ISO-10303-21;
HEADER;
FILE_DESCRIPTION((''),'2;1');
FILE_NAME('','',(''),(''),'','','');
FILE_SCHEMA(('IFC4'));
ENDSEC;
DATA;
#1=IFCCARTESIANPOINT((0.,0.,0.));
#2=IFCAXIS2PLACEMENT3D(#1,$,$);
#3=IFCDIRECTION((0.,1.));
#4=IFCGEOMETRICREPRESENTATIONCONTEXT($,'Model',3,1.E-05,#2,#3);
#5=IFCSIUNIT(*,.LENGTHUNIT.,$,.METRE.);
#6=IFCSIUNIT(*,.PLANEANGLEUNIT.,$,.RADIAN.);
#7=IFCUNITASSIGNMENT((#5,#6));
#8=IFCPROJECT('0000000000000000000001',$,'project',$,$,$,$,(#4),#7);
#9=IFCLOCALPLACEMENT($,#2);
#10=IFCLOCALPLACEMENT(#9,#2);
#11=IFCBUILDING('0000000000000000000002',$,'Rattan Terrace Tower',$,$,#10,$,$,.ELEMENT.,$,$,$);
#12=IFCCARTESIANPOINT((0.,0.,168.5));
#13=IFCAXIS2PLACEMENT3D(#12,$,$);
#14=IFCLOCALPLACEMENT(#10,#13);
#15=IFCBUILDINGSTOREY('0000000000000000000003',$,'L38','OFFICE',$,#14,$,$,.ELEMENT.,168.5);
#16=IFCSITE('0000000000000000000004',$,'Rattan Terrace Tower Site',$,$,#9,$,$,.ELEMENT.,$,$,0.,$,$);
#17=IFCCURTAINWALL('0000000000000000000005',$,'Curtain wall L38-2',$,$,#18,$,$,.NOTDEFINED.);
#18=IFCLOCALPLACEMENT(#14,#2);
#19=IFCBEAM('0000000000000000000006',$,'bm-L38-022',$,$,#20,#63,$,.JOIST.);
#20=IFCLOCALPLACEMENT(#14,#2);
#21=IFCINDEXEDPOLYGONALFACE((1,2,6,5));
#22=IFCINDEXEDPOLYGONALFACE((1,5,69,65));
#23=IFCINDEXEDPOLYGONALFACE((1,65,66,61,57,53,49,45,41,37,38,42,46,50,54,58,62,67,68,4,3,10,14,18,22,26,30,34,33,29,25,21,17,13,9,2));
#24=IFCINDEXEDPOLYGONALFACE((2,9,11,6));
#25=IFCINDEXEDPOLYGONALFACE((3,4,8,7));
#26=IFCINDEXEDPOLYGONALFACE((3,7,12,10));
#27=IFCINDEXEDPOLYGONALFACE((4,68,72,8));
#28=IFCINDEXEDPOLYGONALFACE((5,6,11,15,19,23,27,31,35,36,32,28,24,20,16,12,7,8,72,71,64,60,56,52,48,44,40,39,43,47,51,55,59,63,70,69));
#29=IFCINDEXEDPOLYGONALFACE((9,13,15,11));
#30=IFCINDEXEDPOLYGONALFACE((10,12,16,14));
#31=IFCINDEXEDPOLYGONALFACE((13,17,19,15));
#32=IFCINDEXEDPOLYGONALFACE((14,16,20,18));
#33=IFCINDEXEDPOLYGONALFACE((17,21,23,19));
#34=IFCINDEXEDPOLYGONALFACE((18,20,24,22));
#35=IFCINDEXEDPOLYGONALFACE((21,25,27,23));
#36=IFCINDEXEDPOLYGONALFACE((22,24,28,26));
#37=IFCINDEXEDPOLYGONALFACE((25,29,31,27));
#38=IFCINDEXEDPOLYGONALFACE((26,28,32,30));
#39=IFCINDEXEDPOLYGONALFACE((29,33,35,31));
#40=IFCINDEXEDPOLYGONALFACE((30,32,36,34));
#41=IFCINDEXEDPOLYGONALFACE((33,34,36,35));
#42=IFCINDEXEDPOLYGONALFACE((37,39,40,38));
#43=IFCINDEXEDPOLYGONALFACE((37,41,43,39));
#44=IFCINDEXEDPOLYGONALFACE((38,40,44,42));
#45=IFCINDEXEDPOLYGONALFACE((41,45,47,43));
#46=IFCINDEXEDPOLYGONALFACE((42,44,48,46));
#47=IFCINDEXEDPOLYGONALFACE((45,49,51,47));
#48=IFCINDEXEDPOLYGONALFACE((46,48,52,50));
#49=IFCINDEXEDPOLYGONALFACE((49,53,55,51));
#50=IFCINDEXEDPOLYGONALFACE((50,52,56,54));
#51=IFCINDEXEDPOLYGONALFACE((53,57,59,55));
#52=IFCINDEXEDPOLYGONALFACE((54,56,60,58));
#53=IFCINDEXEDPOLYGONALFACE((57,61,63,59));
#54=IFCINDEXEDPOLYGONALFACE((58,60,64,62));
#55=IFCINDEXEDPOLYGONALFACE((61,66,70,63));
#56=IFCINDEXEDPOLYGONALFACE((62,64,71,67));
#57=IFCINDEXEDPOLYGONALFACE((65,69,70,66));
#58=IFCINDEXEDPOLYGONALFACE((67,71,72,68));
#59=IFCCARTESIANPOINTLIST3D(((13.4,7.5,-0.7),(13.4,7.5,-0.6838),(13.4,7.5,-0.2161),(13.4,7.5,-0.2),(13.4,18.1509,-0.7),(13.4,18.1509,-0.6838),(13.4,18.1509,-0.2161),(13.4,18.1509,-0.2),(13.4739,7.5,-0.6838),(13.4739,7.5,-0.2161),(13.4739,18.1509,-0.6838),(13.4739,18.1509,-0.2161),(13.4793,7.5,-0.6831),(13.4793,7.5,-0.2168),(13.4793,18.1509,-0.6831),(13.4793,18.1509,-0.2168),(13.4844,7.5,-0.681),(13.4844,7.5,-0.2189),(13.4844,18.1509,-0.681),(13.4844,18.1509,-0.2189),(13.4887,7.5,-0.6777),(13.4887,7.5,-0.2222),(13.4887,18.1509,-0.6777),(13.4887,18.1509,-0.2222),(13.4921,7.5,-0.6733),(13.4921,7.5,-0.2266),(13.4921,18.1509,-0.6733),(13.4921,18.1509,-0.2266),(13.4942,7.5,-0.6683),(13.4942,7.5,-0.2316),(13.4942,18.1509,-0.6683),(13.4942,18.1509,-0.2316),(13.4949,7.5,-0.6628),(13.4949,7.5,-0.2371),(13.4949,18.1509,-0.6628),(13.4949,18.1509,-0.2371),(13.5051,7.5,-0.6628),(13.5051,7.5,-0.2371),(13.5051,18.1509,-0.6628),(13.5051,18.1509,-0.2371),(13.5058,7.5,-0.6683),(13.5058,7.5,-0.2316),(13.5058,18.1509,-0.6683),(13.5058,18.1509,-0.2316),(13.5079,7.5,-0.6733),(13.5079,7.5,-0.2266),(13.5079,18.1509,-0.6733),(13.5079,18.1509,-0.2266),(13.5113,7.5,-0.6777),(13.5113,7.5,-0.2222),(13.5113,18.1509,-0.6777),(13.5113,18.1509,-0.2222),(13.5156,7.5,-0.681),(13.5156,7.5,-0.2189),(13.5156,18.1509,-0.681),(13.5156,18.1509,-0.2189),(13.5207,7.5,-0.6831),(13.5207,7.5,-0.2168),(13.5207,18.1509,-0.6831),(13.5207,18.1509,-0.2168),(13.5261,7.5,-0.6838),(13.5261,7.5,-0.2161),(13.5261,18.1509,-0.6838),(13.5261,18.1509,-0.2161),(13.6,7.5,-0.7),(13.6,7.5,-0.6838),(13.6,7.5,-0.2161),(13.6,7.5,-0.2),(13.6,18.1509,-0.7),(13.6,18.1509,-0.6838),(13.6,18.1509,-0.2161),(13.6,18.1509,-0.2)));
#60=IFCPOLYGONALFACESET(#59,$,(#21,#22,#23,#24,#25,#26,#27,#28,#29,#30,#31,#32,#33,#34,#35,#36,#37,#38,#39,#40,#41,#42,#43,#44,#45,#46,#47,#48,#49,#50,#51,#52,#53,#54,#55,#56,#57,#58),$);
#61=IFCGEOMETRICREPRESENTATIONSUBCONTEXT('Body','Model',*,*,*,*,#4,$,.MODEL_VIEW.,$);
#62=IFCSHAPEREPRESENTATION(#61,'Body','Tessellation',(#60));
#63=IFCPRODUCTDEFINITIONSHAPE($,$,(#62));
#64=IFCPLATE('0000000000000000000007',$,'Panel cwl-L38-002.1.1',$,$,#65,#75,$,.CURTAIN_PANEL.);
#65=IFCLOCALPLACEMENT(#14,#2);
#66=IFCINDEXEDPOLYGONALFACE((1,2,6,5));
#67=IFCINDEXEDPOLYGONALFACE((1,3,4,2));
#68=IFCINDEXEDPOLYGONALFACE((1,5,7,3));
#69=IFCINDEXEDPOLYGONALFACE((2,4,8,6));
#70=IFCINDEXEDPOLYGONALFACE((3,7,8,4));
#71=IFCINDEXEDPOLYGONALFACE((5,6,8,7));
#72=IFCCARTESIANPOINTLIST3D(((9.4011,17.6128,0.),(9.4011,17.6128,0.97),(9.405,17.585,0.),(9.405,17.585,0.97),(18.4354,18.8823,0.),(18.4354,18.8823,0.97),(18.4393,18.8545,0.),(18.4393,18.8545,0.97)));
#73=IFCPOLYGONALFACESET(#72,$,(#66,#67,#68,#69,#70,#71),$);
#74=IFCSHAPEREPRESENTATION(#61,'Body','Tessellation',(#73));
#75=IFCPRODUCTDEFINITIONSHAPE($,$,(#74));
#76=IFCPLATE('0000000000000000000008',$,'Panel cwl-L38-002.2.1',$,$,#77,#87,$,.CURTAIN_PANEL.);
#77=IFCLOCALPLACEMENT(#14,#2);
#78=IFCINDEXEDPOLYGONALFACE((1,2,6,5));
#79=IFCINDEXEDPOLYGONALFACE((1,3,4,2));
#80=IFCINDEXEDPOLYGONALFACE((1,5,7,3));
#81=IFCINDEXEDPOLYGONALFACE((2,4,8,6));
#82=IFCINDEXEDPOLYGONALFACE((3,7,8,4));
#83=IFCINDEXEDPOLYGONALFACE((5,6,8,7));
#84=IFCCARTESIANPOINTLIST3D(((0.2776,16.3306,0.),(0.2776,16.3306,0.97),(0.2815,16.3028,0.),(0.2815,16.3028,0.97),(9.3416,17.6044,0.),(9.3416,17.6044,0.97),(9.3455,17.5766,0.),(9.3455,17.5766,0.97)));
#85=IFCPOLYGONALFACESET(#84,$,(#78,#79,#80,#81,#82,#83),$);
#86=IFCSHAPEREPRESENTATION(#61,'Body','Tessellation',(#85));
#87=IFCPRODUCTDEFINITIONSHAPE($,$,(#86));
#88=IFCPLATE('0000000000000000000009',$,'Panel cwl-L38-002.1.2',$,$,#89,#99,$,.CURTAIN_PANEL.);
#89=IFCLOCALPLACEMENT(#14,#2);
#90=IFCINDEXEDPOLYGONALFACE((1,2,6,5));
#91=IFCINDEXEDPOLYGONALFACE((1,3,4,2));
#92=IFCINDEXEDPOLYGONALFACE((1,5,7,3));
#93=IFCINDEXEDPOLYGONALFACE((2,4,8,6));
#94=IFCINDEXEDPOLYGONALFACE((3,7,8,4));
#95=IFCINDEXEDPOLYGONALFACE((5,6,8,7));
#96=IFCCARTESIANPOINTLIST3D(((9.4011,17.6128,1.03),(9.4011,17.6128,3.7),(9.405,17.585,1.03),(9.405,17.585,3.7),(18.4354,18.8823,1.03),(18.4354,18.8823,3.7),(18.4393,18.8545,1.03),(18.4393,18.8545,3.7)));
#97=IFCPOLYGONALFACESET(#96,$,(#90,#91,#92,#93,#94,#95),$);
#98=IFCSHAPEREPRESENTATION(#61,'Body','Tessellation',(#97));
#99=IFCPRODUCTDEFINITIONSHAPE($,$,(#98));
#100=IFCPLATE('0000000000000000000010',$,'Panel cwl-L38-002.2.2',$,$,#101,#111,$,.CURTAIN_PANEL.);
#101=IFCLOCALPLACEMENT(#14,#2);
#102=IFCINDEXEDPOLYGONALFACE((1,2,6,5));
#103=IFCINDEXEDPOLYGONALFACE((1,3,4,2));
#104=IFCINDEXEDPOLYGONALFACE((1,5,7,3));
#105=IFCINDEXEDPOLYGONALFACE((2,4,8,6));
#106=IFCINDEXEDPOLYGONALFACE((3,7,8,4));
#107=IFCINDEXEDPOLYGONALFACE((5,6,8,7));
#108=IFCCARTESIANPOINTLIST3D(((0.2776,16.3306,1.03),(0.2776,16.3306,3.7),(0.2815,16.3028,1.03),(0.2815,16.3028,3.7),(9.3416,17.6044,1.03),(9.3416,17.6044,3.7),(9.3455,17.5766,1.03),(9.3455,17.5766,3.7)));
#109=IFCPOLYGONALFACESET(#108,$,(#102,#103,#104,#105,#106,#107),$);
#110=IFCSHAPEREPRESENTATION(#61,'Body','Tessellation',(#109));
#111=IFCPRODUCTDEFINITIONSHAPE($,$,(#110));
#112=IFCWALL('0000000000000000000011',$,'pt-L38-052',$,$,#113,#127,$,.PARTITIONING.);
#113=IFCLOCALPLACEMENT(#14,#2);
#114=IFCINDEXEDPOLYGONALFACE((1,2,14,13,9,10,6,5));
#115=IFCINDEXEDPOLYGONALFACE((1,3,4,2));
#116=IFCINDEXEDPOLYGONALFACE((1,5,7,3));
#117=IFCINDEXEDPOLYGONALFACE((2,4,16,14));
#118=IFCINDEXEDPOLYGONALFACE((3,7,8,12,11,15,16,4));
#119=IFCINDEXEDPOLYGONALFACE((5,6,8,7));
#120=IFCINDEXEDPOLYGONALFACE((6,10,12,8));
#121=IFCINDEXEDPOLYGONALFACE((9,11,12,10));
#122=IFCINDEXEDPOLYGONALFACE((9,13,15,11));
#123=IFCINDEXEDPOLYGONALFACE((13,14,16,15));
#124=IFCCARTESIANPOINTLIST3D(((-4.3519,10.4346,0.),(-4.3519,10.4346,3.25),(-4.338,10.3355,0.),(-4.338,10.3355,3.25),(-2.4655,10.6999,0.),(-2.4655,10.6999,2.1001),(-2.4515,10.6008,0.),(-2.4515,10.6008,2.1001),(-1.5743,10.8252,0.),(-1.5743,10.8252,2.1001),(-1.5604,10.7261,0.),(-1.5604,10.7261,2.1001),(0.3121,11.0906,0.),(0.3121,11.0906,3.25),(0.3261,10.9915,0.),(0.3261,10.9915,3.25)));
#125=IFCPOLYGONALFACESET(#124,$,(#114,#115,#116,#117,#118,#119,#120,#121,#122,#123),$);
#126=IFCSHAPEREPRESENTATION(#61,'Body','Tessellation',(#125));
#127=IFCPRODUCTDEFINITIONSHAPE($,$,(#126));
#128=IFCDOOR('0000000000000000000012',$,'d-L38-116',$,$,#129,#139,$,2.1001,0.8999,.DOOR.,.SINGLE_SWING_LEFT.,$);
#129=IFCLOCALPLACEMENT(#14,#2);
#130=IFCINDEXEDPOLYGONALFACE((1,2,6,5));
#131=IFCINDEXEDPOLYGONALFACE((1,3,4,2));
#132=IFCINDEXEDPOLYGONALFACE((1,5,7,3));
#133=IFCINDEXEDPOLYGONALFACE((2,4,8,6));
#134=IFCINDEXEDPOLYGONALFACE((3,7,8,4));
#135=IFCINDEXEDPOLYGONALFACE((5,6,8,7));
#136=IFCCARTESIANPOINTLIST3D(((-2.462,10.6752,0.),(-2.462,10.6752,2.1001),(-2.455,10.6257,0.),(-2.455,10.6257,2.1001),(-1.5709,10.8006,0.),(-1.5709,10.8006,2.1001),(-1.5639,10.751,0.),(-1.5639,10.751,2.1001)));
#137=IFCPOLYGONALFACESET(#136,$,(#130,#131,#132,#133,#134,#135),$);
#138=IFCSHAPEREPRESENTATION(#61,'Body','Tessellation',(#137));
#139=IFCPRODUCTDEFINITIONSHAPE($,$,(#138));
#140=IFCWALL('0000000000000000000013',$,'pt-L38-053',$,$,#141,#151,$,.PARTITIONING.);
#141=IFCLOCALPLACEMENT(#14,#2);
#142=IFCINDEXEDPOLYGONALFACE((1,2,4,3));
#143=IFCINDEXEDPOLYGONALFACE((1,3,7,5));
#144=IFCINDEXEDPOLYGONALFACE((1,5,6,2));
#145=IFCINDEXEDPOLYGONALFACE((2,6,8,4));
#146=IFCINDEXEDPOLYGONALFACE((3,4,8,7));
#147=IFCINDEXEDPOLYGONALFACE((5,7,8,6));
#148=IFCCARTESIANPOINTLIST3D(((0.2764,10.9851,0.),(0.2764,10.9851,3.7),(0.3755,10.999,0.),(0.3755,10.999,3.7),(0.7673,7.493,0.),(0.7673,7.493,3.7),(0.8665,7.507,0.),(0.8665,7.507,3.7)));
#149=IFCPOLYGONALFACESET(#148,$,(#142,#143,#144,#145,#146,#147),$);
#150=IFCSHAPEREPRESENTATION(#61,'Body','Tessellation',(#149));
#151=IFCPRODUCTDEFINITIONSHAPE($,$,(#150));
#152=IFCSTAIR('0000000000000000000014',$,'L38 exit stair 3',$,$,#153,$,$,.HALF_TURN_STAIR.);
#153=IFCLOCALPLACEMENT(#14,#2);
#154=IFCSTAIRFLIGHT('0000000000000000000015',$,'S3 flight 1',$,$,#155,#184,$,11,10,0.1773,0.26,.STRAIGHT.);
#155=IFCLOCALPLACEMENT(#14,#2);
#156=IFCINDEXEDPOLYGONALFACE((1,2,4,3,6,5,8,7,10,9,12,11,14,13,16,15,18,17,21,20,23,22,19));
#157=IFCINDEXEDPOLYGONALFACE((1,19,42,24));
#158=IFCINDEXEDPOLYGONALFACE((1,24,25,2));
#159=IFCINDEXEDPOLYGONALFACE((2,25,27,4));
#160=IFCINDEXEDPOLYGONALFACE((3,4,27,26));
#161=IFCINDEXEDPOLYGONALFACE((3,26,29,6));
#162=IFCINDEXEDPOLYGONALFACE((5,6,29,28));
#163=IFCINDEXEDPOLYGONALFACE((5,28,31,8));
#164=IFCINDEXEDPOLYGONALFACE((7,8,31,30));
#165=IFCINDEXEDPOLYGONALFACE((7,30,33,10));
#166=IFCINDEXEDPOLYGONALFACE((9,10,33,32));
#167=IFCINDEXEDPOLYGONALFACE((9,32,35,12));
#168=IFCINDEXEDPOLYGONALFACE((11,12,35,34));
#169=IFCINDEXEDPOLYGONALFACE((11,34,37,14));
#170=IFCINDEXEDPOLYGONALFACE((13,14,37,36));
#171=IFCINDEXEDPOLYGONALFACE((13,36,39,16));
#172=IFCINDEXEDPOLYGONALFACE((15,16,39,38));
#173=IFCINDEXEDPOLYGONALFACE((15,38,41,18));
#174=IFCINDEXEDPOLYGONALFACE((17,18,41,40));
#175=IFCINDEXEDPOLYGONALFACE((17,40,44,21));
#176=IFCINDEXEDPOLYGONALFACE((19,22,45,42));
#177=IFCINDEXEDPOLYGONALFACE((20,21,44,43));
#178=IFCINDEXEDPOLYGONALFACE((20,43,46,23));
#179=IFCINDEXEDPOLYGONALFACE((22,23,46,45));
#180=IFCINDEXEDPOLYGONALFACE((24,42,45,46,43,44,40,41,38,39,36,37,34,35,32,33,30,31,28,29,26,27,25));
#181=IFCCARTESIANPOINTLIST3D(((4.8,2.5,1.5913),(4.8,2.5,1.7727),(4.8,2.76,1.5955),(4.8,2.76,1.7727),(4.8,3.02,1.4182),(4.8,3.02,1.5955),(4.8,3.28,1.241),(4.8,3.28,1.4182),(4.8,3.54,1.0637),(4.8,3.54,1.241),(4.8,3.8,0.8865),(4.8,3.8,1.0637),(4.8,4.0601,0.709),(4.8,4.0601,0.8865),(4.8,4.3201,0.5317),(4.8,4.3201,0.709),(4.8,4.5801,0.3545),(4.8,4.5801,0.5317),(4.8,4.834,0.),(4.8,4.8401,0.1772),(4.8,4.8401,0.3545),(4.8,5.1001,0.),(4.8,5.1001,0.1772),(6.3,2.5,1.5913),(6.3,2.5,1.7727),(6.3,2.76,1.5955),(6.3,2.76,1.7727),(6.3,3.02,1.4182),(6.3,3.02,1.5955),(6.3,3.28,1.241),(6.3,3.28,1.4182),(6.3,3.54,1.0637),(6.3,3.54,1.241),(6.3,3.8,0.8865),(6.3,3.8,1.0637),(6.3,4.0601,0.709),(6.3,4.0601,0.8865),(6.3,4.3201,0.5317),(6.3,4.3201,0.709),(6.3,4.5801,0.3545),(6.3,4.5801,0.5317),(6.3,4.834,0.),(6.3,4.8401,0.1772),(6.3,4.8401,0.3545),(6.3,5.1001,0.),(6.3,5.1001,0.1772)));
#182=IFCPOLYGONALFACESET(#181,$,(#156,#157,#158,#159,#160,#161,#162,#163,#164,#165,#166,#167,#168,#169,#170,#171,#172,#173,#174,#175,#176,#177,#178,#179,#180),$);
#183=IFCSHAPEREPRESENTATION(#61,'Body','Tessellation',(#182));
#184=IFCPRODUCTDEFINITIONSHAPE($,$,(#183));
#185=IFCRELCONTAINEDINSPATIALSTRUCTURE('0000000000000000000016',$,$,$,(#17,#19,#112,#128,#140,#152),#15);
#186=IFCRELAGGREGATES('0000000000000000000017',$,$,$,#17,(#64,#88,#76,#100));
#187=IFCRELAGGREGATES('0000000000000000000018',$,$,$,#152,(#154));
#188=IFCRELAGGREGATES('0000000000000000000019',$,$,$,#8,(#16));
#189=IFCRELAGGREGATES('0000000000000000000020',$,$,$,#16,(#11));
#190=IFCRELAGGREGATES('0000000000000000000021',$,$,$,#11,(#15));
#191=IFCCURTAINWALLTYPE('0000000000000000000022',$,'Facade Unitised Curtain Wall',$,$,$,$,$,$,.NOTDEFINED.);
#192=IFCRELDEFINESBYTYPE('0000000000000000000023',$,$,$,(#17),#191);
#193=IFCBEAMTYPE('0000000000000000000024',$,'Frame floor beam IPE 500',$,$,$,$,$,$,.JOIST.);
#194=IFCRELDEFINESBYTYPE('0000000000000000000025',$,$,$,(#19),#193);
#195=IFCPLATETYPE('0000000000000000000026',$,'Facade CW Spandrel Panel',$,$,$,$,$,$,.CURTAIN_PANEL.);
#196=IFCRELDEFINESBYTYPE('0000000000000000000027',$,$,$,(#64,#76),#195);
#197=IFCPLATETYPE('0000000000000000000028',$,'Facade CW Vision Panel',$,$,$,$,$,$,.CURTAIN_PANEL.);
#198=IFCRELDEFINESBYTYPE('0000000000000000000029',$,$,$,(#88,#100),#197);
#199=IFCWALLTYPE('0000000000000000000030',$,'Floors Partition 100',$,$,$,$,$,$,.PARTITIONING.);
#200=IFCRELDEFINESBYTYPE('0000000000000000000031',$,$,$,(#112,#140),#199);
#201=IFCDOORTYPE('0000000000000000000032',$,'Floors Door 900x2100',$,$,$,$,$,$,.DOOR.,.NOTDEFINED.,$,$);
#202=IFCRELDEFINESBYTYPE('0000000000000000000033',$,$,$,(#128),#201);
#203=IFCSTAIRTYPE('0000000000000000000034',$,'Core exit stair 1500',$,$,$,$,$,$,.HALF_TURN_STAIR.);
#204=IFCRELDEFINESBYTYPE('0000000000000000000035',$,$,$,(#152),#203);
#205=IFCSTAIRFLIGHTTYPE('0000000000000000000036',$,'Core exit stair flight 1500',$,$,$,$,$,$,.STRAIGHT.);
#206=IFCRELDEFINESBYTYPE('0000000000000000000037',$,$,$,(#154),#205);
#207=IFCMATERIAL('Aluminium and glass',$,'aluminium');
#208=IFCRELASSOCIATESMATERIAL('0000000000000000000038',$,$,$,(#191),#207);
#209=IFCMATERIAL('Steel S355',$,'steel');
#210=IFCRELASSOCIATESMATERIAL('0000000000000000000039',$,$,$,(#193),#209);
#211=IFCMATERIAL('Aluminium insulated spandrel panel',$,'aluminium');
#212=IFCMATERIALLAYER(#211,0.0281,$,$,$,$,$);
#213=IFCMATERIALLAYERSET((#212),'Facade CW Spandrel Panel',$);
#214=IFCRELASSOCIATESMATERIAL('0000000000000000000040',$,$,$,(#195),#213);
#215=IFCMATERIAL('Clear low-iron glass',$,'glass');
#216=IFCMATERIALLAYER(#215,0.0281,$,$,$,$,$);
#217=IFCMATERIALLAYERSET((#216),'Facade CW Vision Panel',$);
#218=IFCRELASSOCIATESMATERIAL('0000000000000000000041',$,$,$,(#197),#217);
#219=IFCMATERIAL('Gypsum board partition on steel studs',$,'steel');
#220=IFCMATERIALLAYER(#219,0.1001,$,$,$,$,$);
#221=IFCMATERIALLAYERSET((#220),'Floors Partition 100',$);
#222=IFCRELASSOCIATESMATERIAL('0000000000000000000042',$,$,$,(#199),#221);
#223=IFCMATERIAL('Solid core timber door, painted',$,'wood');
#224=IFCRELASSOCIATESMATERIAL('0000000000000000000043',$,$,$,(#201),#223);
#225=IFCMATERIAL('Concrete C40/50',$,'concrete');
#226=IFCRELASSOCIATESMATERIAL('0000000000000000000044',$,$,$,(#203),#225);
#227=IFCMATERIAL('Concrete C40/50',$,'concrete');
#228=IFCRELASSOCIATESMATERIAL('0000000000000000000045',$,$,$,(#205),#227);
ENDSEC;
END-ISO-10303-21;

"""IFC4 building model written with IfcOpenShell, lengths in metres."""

from ifc_helpers import new_model, si_unit, direction, frame, frame_2d, origin, origin_2d, place, context, subcontext, project, spatial, polyline, rectangle, i_section, outline, extrude, material, layer, layer_set, material_profile, profile_set, type_object, element, fill, aggregate, save


model = new_model("IFC4")

# Units and contexts
model_context = context("Model", 3, precision=1e-05, world=origin(), true_north=direction((0.0, 1.0)))
body_context = subcontext(model_context, "Body", "Model", "MODEL_VIEW")
ifc_project = project(units=[si_unit("LENGTHUNIT", "METRE"), si_unit("PLANEANGLEUNIT", "RADIAN")], contexts=[model_context])

# Site, building, storey
site_placement = place(None, origin())
site = spatial("IfcSite", under=ifc_project, at=site_placement, Name="Rattan Terrace Tower Site", CompositionType="ELEMENT", RefElevation=0.0)
building_placement = place(site_placement, origin())
building = spatial("IfcBuilding", under=site, at=building_placement, Name="Rattan Terrace Tower", CompositionType="ELEMENT")
storey_placement = place(building_placement, frame((0.0, 0.0, 168.5)))
storey = spatial("IfcBuildingStorey", under=building, at=storey_placement, Name="L38", Description="OFFICE", CompositionType="ELEMENT", Elevation=168.5)

# Curtain wall
ifc_material_1 = material(Name="Aluminium and glass", Category="aluminium")
curtain_wall_type = type_object("IfcCurtainWallType", Name="Facade Unitised Curtain Wall", PredefinedType="NOTDEFINED", material=ifc_material_1)
curtain_wall_placement = place(storey_placement, origin())
curtain_wall = element("IfcCurtainWall", 1, at=curtain_wall_placement, inside=storey, type_object=curtain_wall_type, Name="Curtain wall L38-2", PredefinedType="NOTDEFINED")

# Beam
ifc_material_2 = material(Name="Steel S355", Category="steel")
ifc_material_profile_1 = material_profile(ifc_material_2, i_section(OverallWidth=0.2, OverallDepth=0.5, WebThickness=0.0103, FlangeThickness=0.0161, FilletRadius=0.021, at=origin_2d()), Name="IPE 500")
ifc_profile_set_1 = profile_set([ifc_material_profile_1], Name="Steel S355")
beam_type_1 = type_object("IfcBeamType", Name="Frame floor beam IPE 500", PredefinedType="JOIST", material=ifc_profile_set_1)
beam_1_placement = place(storey_placement, frame((13.5, 7.5, -0.45), z_axis=(0.0, 1.0, 0.0), x_axis=(-1.0, 0.0, 0.0)))
element("IfcBeam", 2, at=beam_1_placement, inside=storey, type_object=beam_type_1, Name="bm-L38-022", PredefinedType="JOIST", context=body_context, shape_type="SweptSolid", body=[
    extrude(i_section(OverallWidth=0.2, OverallDepth=0.5, WebThickness=0.0103, FlangeThickness=0.0161, FilletRadius=0.021, at=origin_2d()), origin(), (0.0, 0.0, 1.0), 10.6509),
])

# Plates
ifc_material_3 = material(Name="Aluminium insulated spandrel panel", Category="aluminium")
ifc_layer_1 = layer(ifc_material_3, 0.0281)
ifc_layer_set_1 = layer_set([ifc_layer_1], Name="Facade CW Spandrel Panel")
plate_type_1 = type_object("IfcPlateType", Name="Facade CW Spandrel Panel", PredefinedType="CURTAIN_PANEL", material=ifc_layer_set_1)
plate_1_placement = place(storey_placement, frame((13.9202, 18.2336, 0.0), z_axis=(0.0, 0.0, 1.0), x_axis=(-0.99027, -0.139161, 0.0)))
plate_1 = element("IfcPlate", 3, at=plate_1_placement, type_object=plate_type_1, Name="Panel cwl-L38-002.1.1", PredefinedType="CURTAIN_PANEL", context=body_context, shape_type="SweptSolid", body=[
    extrude(rectangle(XDim=9.123, YDim=0.0281, at=origin_2d()), origin(), (0.0, 0.0, 1.0), 0.97),
])
plate_2_placement = place(storey_placement, frame((4.8115, 16.9536, 0.0), z_axis=(0.0, 0.0, 1.0), x_axis=(-0.99027, -0.139161, 0.0)))
plate_2 = element("IfcPlate", 4, at=plate_2_placement, type_object=plate_type_1, Name="Panel cwl-L38-002.2.1", PredefinedType="CURTAIN_PANEL", context=body_context, shape_type="SweptSolid", body=[
    extrude(rectangle(XDim=9.1531, YDim=0.0281, at=origin_2d()), origin(), (0.0, 0.0, 1.0), 0.97),
])
ifc_material_4 = material(Name="Clear low-iron glass", Category="glass")
ifc_layer_2 = layer(ifc_material_4, 0.0281)
ifc_layer_set_2 = layer_set([ifc_layer_2], Name="Facade CW Vision Panel")
plate_type_2 = type_object("IfcPlateType", Name="Facade CW Vision Panel", PredefinedType="CURTAIN_PANEL", material=ifc_layer_set_2)
plate_3_placement = place(storey_placement, frame((13.9202, 18.2336, 1.03), z_axis=(0.0, 0.0, 1.0), x_axis=(-0.99027, -0.139161, 0.0)))
plate_3 = element("IfcPlate", 5, at=plate_3_placement, type_object=plate_type_2, Name="Panel cwl-L38-002.1.2", PredefinedType="CURTAIN_PANEL", context=body_context, shape_type="SweptSolid", body=[
    extrude(rectangle(XDim=9.123, YDim=0.0281, at=origin_2d()), origin(), (0.0, 0.0, 1.0), 2.6699),
])
plate_4_placement = place(storey_placement, frame((4.8115, 16.9536, 1.03), z_axis=(0.0, 0.0, 1.0), x_axis=(-0.99027, -0.139161, 0.0)))
plate_4 = element("IfcPlate", 6, at=plate_4_placement, type_object=plate_type_2, Name="Panel cwl-L38-002.2.2", PredefinedType="CURTAIN_PANEL", context=body_context, shape_type="SweptSolid", body=[
    extrude(rectangle(XDim=9.1531, YDim=0.0281, at=origin_2d()), origin(), (0.0, 0.0, 1.0), 2.6699),
])
aggregate(curtain_wall, [plate_1, plate_3, plate_2, plate_4])

# Wall, opening, door
ifc_material_5 = material(Name="Gypsum board partition on steel studs", Category="steel")
ifc_layer_3 = layer(ifc_material_5, 0.1001)
ifc_layer_set_3 = layer_set([ifc_layer_3], Name="Floors Partition 100")
wall_type = type_object("IfcWallType", Name="Floors Partition 100", PredefinedType="PARTITIONING", material=ifc_layer_set_3)
wall_1_placement = place(storey_placement, frame((0.3191, 11.041, 0.0), z_axis=(0.0, 0.0, 1.0), x_axis=(-0.990253, -0.13928, 0.0)))
wall_1 = element("IfcWall", 7, at=wall_1_placement, inside=storey, type_object=wall_type, Name="pt-L38-052", PredefinedType="PARTITIONING", context=body_context, shape_type="SweptSolid", body=[
    extrude(rectangle(XDim=4.71, YDim=0.1001, at=frame_2d((2.355, 0.0))), origin(), (0.0, 0.0, 1.0), 3.25),
])
opening_placement = place(wall_1_placement, frame((1.905, 0.0, 0.0)))
opening = element("IfcOpeningElement", 8, at=opening_placement, cuts=wall_1, PredefinedType="OPENING", context=body_context, shape_type="SweptSolid", body=[
    extrude(rectangle(XDim=0.8999, YDim=2.1001, at=frame_2d((0.45, 1.05))), frame((0.0, 0.0605, 0.0), z_axis=(0.0, -1.0, 0.0), x_axis=(1.0, 0.0, 0.0)), (0.0, 0.0, 1.0), 0.1211),
])
ifc_material_6 = material(Name="Solid core timber door, painted", Category="wood")
door_type = type_object("IfcDoorType", Name="Floors Door 900x2100", OperationType="NOTDEFINED", PredefinedType="DOOR", material=ifc_material_6)
door_placement = place(opening_placement, origin())
door = element("IfcDoor", 9, at=door_placement, inside=storey, type_object=door_type, Name="d-L38-116", OperationType="SINGLE_SWING_LEFT", OverallHeight=2.1001, OverallWidth=0.8999, PredefinedType="DOOR", context=body_context, shape_type="SweptSolid", body=[
    extrude(rectangle(XDim=0.8999, YDim=2.1001, at=frame_2d((0.45, 1.05))), frame((0.0, 0.0249, 0.0), z_axis=(0.0, -1.0, 0.0), x_axis=(1.0, 0.0, 0.0)), (0.0, 0.0, 1.0), 0.05),
])
fill(opening, door)

# Wall
wall_2_placement = place(storey_placement, frame((0.8169, 7.5, 0.0), z_axis=(0.0, 0.0, 1.0), x_axis=(-0.13923, 0.99026, 0.0)))
element("IfcWall", 10, at=wall_2_placement, inside=storey, type_object=wall_type, Name="pt-L38-053", PredefinedType="PARTITIONING", context=body_context, shape_type="SweptSolid", body=[
    extrude(rectangle(XDim=3.5264, YDim=0.1001, at=frame_2d((1.7632, 0.0))), origin(), (0.0, 0.0, 1.0), 3.7),
])

# Stair, stair flight
ifc_material_7 = material(Name="Concrete C40/50", Category="concrete")
stair_type = type_object("IfcStairType", Name="Core exit stair 1500", PredefinedType="HALF_TURN_STAIR", material=ifc_material_7)
stair_placement = place(storey_placement, origin())
stair = element("IfcStair", 11, at=stair_placement, inside=storey, type_object=stair_type, Name="L38 exit stair 3", PredefinedType="HALF_TURN_STAIR")
ifc_material_8 = material(Name="Concrete C40/50", Category="concrete")
stair_flight_type = type_object("IfcStairFlightType", Name="Core exit stair flight 1500", PredefinedType="STRAIGHT", material=ifc_material_8)
stair_flight_placement = place(storey_placement, frame((5.55, 5.1001, 0.0), z_axis=(0.0, 0.0, 1.0), x_axis=(0.0, -1.0, 0.0)))
stair_flight = element("IfcStairFlight", 12, at=stair_flight_placement, type_object=stair_flight_type, Name="S3 flight 1", NumberOfRisers=11, NumberOfTreads=10, PredefinedType="STRAIGHT", RiserHeight=0.1773, TreadLength=0.26, context=body_context, shape_type="SweptSolid", body=[
    extrude(outline(polyline([(0.0, 0.0), (0.0, 0.1772), (0.26, 0.1772), (0.26, 0.3545), (0.52, 0.3545), (0.52, 0.5317), (0.78, 0.5317), (0.78, 0.709), (1.04, 0.709), (1.04, 0.8865), (1.3, 0.8865), (1.3, 1.0637), (1.5601, 1.0637), (1.5601, 1.241), (1.8201, 1.241), (1.8201, 1.4182), (2.0801, 1.4182), (2.0801, 1.5955), (2.3401, 1.5955), (2.3401, 1.7727), (2.6001, 1.7727), (2.6001, 1.95), (2.6001, 1.5913), (0.2661, 0.0), (0.0, 0.0)])), frame((0.0, 0.75, 0.0), z_axis=(0.0, -1.0, 0.0), x_axis=(1.0, 0.0, 0.0)), (0.0, 0.0, 1.0), 1.5),
])
aggregate(stair, [stair_flight])

save(model, "model.ifc")
